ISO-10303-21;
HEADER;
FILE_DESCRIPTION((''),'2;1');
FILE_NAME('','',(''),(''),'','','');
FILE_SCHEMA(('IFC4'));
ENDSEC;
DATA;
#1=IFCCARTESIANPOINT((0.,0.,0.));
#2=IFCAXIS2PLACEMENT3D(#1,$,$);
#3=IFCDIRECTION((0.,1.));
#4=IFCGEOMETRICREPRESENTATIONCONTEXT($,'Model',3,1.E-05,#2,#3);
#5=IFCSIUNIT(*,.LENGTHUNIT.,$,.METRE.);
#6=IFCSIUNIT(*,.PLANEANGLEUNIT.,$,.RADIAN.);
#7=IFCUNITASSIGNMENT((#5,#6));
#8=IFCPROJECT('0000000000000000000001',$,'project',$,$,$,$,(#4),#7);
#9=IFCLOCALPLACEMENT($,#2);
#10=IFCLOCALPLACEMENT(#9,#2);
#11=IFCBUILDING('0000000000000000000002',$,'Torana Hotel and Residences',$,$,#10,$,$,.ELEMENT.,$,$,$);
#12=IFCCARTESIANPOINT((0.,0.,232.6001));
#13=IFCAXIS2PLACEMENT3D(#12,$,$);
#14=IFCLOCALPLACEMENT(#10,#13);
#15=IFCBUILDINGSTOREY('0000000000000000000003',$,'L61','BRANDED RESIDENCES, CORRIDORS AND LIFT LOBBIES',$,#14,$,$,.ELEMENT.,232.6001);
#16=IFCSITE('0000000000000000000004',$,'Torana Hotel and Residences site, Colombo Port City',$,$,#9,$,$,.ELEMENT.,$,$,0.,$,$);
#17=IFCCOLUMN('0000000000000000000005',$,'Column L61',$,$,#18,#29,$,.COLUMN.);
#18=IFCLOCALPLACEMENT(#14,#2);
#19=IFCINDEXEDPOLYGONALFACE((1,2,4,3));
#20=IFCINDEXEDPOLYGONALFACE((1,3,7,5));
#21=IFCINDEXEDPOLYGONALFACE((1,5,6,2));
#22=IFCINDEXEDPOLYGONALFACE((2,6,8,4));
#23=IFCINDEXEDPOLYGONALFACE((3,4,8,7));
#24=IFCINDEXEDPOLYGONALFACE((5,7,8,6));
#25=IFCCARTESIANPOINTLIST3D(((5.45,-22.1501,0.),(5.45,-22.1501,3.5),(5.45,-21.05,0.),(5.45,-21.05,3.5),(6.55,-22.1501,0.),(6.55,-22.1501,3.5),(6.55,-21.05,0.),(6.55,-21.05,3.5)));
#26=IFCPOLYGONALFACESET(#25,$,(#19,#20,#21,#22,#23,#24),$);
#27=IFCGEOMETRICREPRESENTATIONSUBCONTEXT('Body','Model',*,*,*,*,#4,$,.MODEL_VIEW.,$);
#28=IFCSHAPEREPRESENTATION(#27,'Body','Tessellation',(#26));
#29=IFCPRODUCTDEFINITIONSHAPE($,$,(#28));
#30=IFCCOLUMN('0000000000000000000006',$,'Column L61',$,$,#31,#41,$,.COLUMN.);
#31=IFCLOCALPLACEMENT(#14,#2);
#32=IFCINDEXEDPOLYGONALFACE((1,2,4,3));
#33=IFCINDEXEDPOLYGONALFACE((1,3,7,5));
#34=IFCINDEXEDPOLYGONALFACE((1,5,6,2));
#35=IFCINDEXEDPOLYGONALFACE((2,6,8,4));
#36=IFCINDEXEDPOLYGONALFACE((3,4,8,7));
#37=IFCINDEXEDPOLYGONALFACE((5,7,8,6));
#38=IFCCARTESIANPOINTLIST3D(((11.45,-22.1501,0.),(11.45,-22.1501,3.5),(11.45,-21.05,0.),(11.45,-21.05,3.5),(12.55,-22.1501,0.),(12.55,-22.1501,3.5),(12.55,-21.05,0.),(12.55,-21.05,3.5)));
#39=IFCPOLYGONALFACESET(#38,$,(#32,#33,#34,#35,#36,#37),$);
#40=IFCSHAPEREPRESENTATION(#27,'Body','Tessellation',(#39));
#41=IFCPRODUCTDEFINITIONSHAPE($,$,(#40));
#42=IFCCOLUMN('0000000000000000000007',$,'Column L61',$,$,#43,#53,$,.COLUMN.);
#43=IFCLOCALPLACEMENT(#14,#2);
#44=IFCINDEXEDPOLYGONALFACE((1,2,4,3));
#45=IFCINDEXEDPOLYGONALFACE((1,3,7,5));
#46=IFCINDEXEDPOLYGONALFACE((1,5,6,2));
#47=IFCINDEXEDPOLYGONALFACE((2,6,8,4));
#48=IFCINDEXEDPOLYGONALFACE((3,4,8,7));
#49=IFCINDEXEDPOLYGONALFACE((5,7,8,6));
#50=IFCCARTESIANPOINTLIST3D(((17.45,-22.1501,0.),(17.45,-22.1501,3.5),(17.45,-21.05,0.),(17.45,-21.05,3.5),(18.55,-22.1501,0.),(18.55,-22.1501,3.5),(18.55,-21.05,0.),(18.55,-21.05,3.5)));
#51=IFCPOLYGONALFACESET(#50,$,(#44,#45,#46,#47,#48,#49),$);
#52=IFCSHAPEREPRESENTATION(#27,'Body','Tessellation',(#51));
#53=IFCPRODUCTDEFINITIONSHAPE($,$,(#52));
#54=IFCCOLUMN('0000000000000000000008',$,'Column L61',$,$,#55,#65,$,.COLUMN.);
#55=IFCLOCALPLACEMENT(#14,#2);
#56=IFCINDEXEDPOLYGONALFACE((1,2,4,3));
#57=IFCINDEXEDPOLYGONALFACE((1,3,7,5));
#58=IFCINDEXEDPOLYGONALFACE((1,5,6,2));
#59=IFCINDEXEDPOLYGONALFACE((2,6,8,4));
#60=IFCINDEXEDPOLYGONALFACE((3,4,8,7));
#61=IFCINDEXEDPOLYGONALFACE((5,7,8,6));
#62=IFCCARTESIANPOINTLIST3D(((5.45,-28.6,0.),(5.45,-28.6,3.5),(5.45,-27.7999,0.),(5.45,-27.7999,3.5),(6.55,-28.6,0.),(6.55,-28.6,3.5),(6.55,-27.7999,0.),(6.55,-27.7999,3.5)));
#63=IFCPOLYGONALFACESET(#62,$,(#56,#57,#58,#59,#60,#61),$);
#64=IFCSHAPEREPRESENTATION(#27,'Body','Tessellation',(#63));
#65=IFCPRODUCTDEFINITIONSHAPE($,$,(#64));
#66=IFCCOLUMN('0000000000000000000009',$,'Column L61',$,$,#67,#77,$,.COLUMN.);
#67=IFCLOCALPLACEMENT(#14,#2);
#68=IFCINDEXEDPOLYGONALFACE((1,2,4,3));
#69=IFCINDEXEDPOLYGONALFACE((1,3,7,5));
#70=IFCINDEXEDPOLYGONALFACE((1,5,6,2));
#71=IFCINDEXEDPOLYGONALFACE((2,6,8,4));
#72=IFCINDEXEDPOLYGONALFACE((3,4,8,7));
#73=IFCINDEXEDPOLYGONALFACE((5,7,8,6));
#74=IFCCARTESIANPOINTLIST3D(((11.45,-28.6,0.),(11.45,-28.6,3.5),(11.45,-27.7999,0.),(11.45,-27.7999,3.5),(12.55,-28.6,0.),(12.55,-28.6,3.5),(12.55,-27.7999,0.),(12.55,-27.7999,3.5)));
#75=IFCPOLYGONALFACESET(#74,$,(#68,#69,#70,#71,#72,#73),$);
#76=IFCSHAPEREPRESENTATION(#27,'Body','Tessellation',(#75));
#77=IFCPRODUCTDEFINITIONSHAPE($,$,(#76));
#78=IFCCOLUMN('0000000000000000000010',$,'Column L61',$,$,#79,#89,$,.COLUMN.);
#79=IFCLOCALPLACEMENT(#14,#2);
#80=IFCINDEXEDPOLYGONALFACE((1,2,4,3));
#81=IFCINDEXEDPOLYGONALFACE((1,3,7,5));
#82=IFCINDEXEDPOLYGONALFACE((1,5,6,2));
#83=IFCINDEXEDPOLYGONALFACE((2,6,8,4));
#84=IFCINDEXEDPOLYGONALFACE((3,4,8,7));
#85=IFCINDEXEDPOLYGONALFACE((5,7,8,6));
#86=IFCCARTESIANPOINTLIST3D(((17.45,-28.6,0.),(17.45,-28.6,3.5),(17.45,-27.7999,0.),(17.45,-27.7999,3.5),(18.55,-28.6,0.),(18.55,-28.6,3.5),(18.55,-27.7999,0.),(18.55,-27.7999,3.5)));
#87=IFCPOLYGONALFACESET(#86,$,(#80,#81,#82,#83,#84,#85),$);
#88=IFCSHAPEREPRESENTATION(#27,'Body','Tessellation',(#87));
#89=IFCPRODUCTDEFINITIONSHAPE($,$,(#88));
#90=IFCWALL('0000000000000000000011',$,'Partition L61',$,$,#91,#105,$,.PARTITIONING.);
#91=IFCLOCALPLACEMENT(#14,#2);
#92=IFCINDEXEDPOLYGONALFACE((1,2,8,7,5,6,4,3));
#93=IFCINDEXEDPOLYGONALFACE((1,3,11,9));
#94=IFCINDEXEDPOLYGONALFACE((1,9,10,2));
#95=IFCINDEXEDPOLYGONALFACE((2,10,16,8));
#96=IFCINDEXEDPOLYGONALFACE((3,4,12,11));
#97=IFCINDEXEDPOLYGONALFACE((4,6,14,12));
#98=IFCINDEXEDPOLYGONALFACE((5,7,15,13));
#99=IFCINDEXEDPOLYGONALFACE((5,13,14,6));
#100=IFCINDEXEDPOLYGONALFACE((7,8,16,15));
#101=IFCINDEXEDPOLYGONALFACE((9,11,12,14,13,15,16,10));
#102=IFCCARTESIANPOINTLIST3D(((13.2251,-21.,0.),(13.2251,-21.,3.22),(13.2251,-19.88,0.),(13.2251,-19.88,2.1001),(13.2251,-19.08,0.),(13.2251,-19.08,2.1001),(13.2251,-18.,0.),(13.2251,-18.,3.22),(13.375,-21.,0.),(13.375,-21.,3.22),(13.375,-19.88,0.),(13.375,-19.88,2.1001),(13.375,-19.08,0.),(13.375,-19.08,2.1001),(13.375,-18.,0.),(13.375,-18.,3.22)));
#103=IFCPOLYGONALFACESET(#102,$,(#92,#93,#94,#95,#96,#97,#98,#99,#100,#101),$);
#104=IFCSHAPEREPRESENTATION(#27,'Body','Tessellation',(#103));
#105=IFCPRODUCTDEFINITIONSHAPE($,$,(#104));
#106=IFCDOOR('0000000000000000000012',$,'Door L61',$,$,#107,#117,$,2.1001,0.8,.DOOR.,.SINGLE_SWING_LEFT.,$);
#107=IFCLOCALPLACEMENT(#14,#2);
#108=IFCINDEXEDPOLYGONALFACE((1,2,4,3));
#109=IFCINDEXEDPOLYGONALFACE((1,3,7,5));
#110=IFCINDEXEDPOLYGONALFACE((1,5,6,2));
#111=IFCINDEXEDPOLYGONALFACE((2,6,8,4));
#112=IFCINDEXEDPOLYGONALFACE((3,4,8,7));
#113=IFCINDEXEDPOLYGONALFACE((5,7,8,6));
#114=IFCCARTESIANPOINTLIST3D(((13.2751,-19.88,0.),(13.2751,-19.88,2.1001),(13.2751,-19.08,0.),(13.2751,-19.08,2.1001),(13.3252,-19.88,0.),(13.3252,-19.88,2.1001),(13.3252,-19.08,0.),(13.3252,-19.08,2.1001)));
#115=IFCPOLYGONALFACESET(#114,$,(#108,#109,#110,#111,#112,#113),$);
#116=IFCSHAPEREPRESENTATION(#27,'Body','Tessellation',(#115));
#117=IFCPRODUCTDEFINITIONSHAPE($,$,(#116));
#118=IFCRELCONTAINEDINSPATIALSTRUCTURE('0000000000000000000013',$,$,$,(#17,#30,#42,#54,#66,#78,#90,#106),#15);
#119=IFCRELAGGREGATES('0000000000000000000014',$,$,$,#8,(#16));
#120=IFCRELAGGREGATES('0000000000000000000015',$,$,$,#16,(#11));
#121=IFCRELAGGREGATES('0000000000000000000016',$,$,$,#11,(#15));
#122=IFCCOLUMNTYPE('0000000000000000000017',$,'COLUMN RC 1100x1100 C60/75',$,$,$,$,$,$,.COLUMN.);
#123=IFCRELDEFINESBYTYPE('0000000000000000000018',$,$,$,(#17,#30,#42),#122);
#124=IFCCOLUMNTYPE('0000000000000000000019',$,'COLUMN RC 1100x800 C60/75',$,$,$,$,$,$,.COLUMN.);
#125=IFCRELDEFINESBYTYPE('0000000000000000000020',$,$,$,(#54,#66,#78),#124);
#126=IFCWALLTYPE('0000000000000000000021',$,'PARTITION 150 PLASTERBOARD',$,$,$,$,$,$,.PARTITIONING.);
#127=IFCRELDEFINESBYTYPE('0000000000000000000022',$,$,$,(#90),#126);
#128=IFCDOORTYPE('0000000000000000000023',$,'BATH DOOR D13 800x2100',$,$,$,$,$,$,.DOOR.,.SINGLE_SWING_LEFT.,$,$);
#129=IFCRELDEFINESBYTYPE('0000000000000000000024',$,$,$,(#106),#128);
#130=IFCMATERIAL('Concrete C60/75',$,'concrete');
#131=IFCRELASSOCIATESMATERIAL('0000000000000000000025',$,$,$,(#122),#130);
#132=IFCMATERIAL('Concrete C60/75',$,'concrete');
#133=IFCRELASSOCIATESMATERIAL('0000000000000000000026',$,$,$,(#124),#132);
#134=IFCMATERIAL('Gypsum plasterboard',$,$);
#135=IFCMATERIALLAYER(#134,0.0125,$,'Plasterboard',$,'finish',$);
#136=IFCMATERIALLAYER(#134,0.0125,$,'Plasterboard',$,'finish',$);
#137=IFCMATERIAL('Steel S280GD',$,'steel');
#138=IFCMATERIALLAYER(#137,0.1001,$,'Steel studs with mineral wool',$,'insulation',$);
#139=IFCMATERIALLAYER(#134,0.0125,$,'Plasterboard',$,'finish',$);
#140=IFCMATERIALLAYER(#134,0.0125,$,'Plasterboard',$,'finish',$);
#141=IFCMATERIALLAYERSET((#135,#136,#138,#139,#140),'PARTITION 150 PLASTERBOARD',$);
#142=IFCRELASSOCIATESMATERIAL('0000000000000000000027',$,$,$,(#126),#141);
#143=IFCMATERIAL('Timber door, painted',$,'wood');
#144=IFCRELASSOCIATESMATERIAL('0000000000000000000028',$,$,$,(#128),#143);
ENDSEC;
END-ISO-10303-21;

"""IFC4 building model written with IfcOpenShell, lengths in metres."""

from ifc_helpers import new_model, si_unit, direction, frame, frame_2d, origin, origin_2d, place, context, subcontext, project, spatial, rectangle, extrude, material, layer, layer_set, material_profile, profile_set, type_object, element, fill, save


model = new_model("IFC4")

# Units and contexts
model_context = context("Model", 3, precision=1e-05, world=origin(), true_north=direction((0.0, 1.0)))
body_context = subcontext(model_context, "Body", "Model", "MODEL_VIEW")
ifc_project = project(units=[si_unit("LENGTHUNIT", "METRE"), si_unit("PLANEANGLEUNIT", "RADIAN")], contexts=[model_context])

# Site, building, storey
site_placement = place(None, origin())
site = spatial("IfcSite", under=ifc_project, at=site_placement, Name="Torana Hotel and Residences site, Colombo Port City", CompositionType="ELEMENT", RefElevation=0.0)
building_placement = place(site_placement, origin())
building = spatial("IfcBuilding", under=site, at=building_placement, Name="Torana Hotel and Residences", CompositionType="ELEMENT")
storey_placement = place(building_placement, frame((0.0, 0.0, 232.6001)))
storey = spatial("IfcBuildingStorey", under=building, at=storey_placement, Name="L61", Description="BRANDED RESIDENCES, CORRIDORS AND LIFT LOBBIES", CompositionType="ELEMENT", Elevation=232.6001)

# Columns
ifc_material_1 = material(Name="Concrete C60/75", Category="concrete")
ifc_material_profile_1 = material_profile(ifc_material_1, rectangle(XDim=1.1001, YDim=1.1001, at=origin_2d()), Name="RC 1100x1100")
ifc_profile_set_1 = profile_set([ifc_material_profile_1], Name="Concrete C60/75")
column_type_1 = type_object("IfcColumnType", Name="COLUMN RC 1100x1100 C60/75", PredefinedType="COLUMN", material=ifc_profile_set_1)
for number, where, z_axis, x_axis, name in (
    (1, (6.0, -21.6001, 0.0), (0.0, 0.0, 1.0), (1.0, 0.0, 0.0), "Column L61"),
    (2, (12.0, -21.6001, 0.0), (0.0, 0.0, 1.0), (1.0, 0.0, 0.0), "Column L61"),
    (3, (18.0, -21.6001, 0.0), (0.0, 0.0, 1.0), (1.0, 0.0, 0.0), "Column L61"),
):
    element("IfcColumn", number, at=place(storey_placement, frame(where, z_axis=z_axis, x_axis=x_axis)), inside=storey, type_object=column_type_1, Name=name, PredefinedType="COLUMN", context=body_context, shape_type="SweptSolid", body=[
        extrude(rectangle(XDim=1.1001, YDim=1.1001, at=origin_2d()), origin(), (0.0, 0.0, 1.0), 3.5),
    ])
ifc_material_2 = material(Name="Concrete C60/75", Category="concrete")
ifc_material_profile_2 = material_profile(ifc_material_2, rectangle(XDim=1.1001, YDim=0.8, at=origin_2d()), Name="RC 1100x800")
ifc_profile_set_2 = profile_set([ifc_material_profile_2], Name="Concrete C60/75")
column_type_2 = type_object("IfcColumnType", Name="COLUMN RC 1100x800 C60/75", PredefinedType="COLUMN", material=ifc_profile_set_2)
for number, where, z_axis, x_axis, name in (
    (4, (6.0, -28.2, 0.0), (0.0, 0.0, 1.0), (1.0, 0.0, 0.0), "Column L61"),
    (5, (12.0, -28.2, 0.0), (0.0, 0.0, 1.0), (1.0, 0.0, 0.0), "Column L61"),
    (6, (18.0, -28.2, 0.0), (0.0, 0.0, 1.0), (1.0, 0.0, 0.0), "Column L61"),
):
    element("IfcColumn", number, at=place(storey_placement, frame(where, z_axis=z_axis, x_axis=x_axis)), inside=storey, type_object=column_type_2, Name=name, PredefinedType="COLUMN", context=body_context, shape_type="SweptSolid", body=[
        extrude(rectangle(XDim=1.1001, YDim=0.8, at=origin_2d()), origin(), (0.0, 0.0, 1.0), 3.5),
    ])

# Wall, opening, door
ifc_material_3 = material(Name="Gypsum plasterboard")
ifc_layer_1 = layer(ifc_material_3, 0.0125, Name="Plasterboard", Category="finish")
ifc_layer_2 = layer(ifc_material_3, 0.0125, Name="Plasterboard", Category="finish")
ifc_material_4 = material(Name="Steel S280GD", Category="steel")
ifc_layer_3 = layer(ifc_material_4, 0.1001, Name="Steel studs with mineral wool", Category="insulation")
ifc_layer_4 = layer(ifc_material_3, 0.0125, Name="Plasterboard", Category="finish")
ifc_layer_5 = layer(ifc_material_3, 0.0125, Name="Plasterboard", Category="finish")
ifc_layer_set = layer_set([ifc_layer_1, ifc_layer_2, ifc_layer_3, ifc_layer_4, ifc_layer_5], Name="PARTITION 150 PLASTERBOARD")
wall_type = type_object("IfcWallType", Name="PARTITION 150 PLASTERBOARD", PredefinedType="PARTITIONING", material=ifc_layer_set)
wall_placement = place(storey_placement, frame((13.3, -21.0, 0.0), z_axis=(0.0, 0.0, 1.0), x_axis=(0.0, 1.0, 0.0)))
wall = element("IfcWall", 7, at=wall_placement, inside=storey, type_object=wall_type, Name="Partition L61", PredefinedType="PARTITIONING", context=body_context, shape_type="SweptSolid", body=[
    extrude(rectangle(XDim=3.0, YDim=0.1499, at=frame_2d((1.5, 0.0))), origin(), (0.0, 0.0, 1.0), 3.22),
])
opening_placement = place(wall_placement, frame((1.1201, 0.0, 0.0)))
opening = element("IfcOpeningElement", 8, at=opening_placement, cuts=wall, PredefinedType="OPENING", context=body_context, shape_type="SweptSolid", body=[
    extrude(rectangle(XDim=0.8, YDim=2.1001, at=frame_2d((0.3999, 1.05))), frame((0.0, 0.085, 0.0), z_axis=(0.0, -1.0, 0.0), x_axis=(1.0, 0.0, 0.0)), (0.0, 0.0, 1.0), 0.1699),
])
ifc_material_5 = material(Name="Timber door, painted", Category="wood")
door_type = type_object("IfcDoorType", Name="BATH DOOR D13 800x2100", OperationType="SINGLE_SWING_LEFT", PredefinedType="DOOR", material=ifc_material_5)
door_placement = place(opening_placement, origin())
door = element("IfcDoor", 9, at=door_placement, inside=storey, type_object=door_type, Name="Door L61", OperationType="SINGLE_SWING_LEFT", OverallHeight=2.1001, OverallWidth=0.8, PredefinedType="DOOR", context=body_context, shape_type="SweptSolid", body=[
    extrude(rectangle(XDim=0.8, YDim=2.1001, at=frame_2d((0.3999, 1.05))), frame((0.0, 0.0249, 0.0), z_axis=(0.0, -1.0, 0.0), x_axis=(1.0, 0.0, 0.0)), (0.0, 0.0, 1.0), 0.05),
])
fill(opening, door)

save(model, "model.ifc")
